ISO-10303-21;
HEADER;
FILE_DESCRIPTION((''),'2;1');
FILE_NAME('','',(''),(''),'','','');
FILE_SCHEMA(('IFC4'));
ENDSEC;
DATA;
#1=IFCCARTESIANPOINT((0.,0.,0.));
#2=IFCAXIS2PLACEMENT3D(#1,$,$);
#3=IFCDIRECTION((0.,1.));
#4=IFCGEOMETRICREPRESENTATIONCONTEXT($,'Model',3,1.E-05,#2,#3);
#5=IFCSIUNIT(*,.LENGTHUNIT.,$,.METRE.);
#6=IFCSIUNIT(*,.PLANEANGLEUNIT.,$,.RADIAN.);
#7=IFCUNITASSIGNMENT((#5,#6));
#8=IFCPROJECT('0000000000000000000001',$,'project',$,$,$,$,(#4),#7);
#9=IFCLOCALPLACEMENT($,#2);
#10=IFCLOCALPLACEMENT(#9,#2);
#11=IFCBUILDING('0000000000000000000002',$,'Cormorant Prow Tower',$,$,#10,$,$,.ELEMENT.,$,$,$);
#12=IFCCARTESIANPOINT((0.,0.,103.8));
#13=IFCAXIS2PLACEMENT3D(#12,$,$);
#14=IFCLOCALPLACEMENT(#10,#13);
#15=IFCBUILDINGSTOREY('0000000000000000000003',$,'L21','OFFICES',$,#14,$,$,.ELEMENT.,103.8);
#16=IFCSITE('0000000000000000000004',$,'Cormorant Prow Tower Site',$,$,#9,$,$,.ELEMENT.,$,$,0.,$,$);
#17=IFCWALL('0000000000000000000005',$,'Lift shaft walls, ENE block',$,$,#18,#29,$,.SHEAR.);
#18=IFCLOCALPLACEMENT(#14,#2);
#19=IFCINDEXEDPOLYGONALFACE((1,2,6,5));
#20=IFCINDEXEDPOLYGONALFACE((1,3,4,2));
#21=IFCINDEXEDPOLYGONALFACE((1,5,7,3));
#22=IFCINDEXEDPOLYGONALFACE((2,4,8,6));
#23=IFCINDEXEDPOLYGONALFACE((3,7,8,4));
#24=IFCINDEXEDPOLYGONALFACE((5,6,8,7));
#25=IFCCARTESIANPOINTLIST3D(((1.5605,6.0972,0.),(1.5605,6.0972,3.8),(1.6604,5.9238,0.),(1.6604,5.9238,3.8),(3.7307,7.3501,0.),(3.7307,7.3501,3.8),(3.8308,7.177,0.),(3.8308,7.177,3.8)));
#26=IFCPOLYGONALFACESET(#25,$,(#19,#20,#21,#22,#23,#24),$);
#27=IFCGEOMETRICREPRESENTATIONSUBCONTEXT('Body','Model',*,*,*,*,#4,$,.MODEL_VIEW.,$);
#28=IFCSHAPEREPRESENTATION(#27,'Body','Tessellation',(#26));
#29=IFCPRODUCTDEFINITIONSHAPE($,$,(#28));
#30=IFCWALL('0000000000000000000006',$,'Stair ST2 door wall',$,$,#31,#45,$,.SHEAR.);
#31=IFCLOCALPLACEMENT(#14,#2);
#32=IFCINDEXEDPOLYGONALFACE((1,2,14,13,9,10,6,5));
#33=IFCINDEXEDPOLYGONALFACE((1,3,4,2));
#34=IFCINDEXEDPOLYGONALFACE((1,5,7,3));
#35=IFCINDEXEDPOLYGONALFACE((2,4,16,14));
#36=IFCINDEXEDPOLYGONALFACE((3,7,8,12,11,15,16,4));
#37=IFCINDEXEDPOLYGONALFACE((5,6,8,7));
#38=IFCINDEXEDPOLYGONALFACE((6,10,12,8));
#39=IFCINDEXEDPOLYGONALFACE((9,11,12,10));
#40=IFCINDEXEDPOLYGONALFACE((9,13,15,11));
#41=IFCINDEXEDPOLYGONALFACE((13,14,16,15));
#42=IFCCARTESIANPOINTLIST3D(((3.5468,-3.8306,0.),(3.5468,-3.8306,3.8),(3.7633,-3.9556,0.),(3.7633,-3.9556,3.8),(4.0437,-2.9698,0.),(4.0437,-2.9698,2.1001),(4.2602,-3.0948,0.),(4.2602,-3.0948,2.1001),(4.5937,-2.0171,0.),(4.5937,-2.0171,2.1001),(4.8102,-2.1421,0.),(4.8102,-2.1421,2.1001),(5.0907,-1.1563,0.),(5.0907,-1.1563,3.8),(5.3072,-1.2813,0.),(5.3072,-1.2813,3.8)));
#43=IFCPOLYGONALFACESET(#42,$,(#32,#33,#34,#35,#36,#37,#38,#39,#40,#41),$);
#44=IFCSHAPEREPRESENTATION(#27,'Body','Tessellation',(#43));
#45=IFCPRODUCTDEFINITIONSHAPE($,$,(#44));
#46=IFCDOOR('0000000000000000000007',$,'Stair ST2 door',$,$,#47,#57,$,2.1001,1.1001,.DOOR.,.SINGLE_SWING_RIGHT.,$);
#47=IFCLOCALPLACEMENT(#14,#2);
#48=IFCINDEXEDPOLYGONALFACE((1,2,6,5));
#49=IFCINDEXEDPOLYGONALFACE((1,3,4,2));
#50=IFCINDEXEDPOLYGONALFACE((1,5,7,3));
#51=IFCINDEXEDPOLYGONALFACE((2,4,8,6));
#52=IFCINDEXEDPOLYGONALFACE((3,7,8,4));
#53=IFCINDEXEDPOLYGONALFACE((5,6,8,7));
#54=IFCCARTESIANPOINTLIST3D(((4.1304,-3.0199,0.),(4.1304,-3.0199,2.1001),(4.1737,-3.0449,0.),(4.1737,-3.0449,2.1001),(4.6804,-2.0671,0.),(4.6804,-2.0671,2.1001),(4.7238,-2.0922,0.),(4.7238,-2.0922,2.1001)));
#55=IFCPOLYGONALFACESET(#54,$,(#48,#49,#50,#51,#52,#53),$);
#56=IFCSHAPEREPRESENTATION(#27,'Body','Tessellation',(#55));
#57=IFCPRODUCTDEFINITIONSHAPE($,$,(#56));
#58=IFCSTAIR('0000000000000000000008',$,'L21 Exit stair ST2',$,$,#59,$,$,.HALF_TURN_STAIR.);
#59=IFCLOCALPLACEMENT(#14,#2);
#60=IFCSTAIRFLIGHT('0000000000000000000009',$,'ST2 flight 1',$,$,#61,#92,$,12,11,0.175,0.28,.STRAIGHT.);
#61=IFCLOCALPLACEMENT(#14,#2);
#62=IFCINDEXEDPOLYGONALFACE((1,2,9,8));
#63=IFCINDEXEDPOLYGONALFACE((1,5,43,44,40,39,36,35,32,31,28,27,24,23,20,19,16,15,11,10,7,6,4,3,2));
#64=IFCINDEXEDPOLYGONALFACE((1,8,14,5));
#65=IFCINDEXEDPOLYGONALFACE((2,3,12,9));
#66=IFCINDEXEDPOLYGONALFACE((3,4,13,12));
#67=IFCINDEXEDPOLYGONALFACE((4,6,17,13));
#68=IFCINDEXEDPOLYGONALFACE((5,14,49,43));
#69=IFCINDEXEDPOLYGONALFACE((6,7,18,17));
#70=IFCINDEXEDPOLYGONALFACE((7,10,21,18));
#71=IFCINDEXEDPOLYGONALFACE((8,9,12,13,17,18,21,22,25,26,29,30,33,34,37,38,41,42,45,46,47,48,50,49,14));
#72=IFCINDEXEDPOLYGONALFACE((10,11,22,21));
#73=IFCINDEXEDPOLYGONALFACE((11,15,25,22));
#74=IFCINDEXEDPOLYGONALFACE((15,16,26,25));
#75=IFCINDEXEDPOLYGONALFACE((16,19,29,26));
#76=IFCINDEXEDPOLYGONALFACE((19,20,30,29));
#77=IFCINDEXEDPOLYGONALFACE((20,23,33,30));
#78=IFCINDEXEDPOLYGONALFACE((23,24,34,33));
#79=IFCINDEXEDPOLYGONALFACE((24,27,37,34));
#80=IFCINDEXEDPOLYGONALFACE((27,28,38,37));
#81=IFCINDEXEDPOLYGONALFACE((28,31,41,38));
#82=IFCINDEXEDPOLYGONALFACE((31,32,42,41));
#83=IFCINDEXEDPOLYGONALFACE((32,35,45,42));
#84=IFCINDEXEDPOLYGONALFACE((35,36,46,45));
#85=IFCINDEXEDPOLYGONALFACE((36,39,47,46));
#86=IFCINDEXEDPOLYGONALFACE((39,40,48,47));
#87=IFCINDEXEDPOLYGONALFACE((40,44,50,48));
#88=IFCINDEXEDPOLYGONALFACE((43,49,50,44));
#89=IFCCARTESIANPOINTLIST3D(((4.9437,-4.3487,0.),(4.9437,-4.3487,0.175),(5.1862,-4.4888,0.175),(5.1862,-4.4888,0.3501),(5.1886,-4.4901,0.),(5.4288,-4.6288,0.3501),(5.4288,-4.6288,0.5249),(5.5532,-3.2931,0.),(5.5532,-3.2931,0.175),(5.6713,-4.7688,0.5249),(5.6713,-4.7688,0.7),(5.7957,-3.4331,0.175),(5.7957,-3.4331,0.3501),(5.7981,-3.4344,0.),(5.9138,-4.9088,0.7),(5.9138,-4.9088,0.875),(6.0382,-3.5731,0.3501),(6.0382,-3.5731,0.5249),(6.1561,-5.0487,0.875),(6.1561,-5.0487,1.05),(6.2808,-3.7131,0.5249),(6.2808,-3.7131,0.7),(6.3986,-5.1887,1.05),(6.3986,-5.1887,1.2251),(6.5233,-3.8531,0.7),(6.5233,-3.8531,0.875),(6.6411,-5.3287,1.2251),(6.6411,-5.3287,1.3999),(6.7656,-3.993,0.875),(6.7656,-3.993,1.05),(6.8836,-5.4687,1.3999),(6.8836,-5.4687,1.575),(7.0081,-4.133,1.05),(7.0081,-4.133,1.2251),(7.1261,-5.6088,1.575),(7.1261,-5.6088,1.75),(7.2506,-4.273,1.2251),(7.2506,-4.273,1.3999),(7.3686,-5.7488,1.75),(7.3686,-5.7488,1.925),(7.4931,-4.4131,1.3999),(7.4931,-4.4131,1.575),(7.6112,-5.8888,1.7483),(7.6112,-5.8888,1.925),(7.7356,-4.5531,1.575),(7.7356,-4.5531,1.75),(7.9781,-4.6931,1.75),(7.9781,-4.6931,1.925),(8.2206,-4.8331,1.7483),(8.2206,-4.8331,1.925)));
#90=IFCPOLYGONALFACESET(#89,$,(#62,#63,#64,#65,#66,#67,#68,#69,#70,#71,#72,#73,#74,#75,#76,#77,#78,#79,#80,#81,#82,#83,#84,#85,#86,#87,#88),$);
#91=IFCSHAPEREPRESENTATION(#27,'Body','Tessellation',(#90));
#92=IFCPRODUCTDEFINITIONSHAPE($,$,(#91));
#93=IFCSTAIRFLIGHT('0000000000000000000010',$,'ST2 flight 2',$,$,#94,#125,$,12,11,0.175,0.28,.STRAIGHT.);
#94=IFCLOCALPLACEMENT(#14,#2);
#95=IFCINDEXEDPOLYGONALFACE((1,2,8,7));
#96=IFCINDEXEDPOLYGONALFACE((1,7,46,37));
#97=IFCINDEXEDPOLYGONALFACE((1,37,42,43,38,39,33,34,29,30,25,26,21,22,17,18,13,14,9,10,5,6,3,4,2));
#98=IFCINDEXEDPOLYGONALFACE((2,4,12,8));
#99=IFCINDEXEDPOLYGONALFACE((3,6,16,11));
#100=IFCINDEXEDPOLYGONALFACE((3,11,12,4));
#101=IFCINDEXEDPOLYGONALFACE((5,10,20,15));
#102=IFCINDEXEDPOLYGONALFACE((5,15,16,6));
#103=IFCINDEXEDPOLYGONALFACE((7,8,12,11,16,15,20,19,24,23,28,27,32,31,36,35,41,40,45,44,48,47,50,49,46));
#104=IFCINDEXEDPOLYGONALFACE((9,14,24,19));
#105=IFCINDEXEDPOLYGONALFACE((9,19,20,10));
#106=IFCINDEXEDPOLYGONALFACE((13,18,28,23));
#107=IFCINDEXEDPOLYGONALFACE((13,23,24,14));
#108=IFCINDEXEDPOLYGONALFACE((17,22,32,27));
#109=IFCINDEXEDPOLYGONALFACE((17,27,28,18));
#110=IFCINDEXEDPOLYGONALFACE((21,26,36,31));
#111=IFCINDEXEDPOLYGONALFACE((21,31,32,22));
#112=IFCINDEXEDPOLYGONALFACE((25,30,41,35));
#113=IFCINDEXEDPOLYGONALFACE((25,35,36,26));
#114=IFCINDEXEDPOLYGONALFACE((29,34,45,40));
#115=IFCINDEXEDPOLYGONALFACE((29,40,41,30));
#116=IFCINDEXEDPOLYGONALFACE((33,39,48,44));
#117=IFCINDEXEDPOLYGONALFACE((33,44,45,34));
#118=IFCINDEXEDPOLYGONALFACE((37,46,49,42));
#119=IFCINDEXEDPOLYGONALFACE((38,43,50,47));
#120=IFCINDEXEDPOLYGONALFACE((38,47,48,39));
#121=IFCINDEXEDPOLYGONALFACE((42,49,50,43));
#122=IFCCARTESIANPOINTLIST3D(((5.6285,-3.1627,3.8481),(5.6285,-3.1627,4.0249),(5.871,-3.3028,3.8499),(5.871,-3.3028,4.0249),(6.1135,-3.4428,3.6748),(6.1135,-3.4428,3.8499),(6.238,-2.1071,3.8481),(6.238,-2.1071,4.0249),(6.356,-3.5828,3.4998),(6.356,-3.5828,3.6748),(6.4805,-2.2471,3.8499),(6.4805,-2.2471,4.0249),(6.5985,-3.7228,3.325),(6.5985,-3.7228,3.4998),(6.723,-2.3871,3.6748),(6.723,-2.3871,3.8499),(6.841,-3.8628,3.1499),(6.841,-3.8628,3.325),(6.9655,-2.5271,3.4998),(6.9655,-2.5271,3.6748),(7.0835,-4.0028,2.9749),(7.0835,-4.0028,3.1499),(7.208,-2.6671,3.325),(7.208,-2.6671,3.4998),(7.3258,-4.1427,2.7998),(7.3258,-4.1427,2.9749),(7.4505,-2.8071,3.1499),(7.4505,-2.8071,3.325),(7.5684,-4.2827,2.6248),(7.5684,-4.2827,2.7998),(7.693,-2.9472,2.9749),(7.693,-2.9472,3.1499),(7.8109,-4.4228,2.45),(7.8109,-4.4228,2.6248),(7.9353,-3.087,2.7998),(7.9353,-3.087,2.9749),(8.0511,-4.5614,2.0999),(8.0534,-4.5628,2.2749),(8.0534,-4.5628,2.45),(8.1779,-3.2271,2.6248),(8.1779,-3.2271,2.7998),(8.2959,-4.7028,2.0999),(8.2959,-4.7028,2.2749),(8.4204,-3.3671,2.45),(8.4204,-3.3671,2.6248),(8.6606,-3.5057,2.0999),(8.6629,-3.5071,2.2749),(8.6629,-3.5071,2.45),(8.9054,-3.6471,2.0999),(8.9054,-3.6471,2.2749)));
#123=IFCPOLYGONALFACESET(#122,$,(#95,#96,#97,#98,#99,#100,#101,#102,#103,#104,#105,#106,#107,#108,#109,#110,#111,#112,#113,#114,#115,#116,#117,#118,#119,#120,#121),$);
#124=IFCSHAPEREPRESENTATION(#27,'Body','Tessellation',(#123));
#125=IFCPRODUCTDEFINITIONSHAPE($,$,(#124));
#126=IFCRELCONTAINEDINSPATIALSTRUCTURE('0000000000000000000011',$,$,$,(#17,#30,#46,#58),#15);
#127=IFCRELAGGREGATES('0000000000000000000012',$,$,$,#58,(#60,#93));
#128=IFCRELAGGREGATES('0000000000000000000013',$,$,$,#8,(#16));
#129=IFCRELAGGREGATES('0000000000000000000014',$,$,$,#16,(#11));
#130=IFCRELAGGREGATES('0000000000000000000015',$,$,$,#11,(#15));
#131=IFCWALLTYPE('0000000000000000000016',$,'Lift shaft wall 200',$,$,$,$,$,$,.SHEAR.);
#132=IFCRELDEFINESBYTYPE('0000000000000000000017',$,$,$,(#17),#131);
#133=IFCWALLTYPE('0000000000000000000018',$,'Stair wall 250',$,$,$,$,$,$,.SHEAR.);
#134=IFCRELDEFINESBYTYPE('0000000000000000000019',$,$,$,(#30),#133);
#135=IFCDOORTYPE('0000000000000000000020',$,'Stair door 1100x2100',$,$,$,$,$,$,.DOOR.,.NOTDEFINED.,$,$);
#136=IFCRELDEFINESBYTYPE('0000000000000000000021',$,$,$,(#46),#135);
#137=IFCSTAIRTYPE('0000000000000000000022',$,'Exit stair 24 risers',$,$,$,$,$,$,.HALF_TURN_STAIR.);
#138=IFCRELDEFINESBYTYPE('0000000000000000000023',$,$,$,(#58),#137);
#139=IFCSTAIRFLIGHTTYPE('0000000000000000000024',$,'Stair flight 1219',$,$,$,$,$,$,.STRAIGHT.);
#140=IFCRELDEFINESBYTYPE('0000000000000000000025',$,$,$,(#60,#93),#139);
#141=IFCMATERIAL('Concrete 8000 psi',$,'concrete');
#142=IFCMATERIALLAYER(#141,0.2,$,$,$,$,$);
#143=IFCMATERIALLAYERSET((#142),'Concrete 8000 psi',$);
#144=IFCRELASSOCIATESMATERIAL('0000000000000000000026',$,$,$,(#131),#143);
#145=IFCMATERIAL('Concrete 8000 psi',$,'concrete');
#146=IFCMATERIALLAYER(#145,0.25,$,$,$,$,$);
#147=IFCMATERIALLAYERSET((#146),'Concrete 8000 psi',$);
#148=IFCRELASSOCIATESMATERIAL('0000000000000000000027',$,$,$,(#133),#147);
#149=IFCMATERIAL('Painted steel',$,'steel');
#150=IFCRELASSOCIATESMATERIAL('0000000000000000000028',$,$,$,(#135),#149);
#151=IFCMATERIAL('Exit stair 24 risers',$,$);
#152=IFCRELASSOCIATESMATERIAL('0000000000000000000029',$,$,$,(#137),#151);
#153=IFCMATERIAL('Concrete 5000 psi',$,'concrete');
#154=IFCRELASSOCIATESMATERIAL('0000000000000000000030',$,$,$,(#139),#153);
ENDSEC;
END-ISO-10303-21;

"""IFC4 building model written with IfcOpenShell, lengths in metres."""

from ifc_helpers import new_model, si_unit, direction, frame, frame_2d, origin, place, context, subcontext, project, spatial, polyline, rectangle, outline, extrude, material, layer, layer_set, type_object, element, fill, aggregate, save


model = new_model("IFC4")

# Units and contexts
model_context = context("Model", 3, precision=1e-05, world=origin(), true_north=direction((0.0, 1.0)))
body_context = subcontext(model_context, "Body", "Model", "MODEL_VIEW")
ifc_project = project(units=[si_unit("LENGTHUNIT", "METRE"), si_unit("PLANEANGLEUNIT", "RADIAN")], contexts=[model_context])

# Site, building, storey
site_placement = place(None, origin())
site = spatial("IfcSite", under=ifc_project, at=site_placement, Name="Cormorant Prow Tower Site", CompositionType="ELEMENT", RefElevation=0.0)
building_placement = place(site_placement, origin())
building = spatial("IfcBuilding", under=site, at=building_placement, Name="Cormorant Prow Tower", CompositionType="ELEMENT")
storey_placement = place(building_placement, frame((0.0, 0.0, 103.8)))
storey = spatial("IfcBuildingStorey", under=building, at=storey_placement, Name="L21", Description="OFFICES", CompositionType="ELEMENT", Elevation=103.8)

# Wall
ifc_material_1 = material(Name="Concrete 8000 psi", Category="concrete")
ifc_layer_1 = layer(ifc_material_1, 0.2)
ifc_layer_set_1 = layer_set([ifc_layer_1], Name="Concrete 8000 psi")
wall_type_1 = type_object("IfcWallType", Name="Lift shaft wall 200", PredefinedType="SHEAR", material=ifc_layer_set_1)
wall_1_placement = place(storey_placement, origin())
element("IfcWall", 1, at=wall_1_placement, inside=storey, type_object=wall_type_1, Name="Lift shaft walls, ENE block", PredefinedType="SHEAR", context=body_context, shape_type="SweptSolid", body=[
    extrude(outline(polyline([(1.5605, 6.0972), (3.7307, 7.3501), (3.8308, 7.177), (1.6604, 5.9238), (1.5605, 6.0972)])), origin(), (0.0, 0.0, 1.0), 3.8),
])

# Wall, opening, door
ifc_material_2 = material(Name="Concrete 8000 psi", Category="concrete")
ifc_layer_2 = layer(ifc_material_2, 0.25)
ifc_layer_set_2 = layer_set([ifc_layer_2], Name="Concrete 8000 psi")
wall_type_2 = type_object("IfcWallType", Name="Stair wall 250", PredefinedType="SHEAR", material=ifc_layer_set_2)
wall_2_placement = place(storey_placement, frame((3.655, -3.8931, 0.0), z_axis=(0.0, 0.0, 1.0), x_axis=(0.499983, 0.866035, 0.0)))
wall_2 = element("IfcWall", 2, at=wall_2_placement, inside=storey, type_object=wall_type_2, Name="Stair ST2 door wall", PredefinedType="SHEAR", context=body_context, shape_type="SweptSolid", body=[
    extrude(rectangle(XDim=3.0879, YDim=0.25, at=frame_2d((1.5439, 0.0))), origin(), (0.0, 0.0, 1.0), 3.8),
])
opening_1_placement = place(wall_2_placement, frame((0.9939, 0.0, 0.0)))
opening_1 = element("IfcOpeningElement", 3, at=opening_1_placement, cuts=wall_2, PredefinedType="OPENING", context=body_context, shape_type="SweptSolid", body=[
    extrude(rectangle(XDim=1.1001, YDim=2.1001, at=frame_2d((0.55, 1.05))), frame((0.0, 0.135, 0.0), z_axis=(0.0, -1.0, 0.0), x_axis=(1.0, 0.0, 0.0)), (0.0, 0.0, 1.0), 0.27),
])
ifc_material_3 = material(Name="Painted steel", Category="steel")
door_type_1 = type_object("IfcDoorType", Name="Stair door 1100x2100", OperationType="NOTDEFINED", PredefinedType="DOOR", material=ifc_material_3)
door_1_placement = place(opening_1_placement, origin())
door_1 = element("IfcDoor", 4, at=door_1_placement, inside=storey, type_object=door_type_1, Name="Stair ST2 door", OperationType="SINGLE_SWING_RIGHT", OverallHeight=2.1001, OverallWidth=1.1001, PredefinedType="DOOR", context=body_context, shape_type="SweptSolid", body=[
    extrude(rectangle(XDim=1.1001, YDim=2.1001, at=frame_2d((0.55, 1.05))), frame((0.0, 0.0249, 0.0), z_axis=(0.0, -1.0, 0.0), x_axis=(1.0, 0.0, 0.0)), (0.0, 0.0, 1.0), 0.05),
])
fill(opening_1, door_1)

# Stair, stair flights
ifc_material_4 = material(Name="Exit stair 24 risers")
stair_type = type_object("IfcStairType", Name="Exit stair 24 risers", PredefinedType="HALF_TURN_STAIR", material=ifc_material_4)
stair_placement = place(storey_placement, origin())
stair = element("IfcStair", 5, at=stair_placement, inside=storey, type_object=stair_type, Name="L21 Exit stair ST2", PredefinedType="HALF_TURN_STAIR")
ifc_material_5 = material(Name="Concrete 5000 psi", Category="concrete")
stair_flight_type = type_object("IfcStairFlightType", Name="Stair flight 1219", PredefinedType="STRAIGHT", material=ifc_material_5)
stair_flight_1_placement = place(storey_placement, frame((5.2485, -3.8208, 0.0), z_axis=(0.0, 0.0, 1.0), x_axis=(0.866025, -0.5, 0.0)))
stair_flight_1 = element("IfcStairFlight", 6, at=stair_flight_1_placement, type_object=stair_flight_type, Name="ST2 flight 1", NumberOfRisers=12, NumberOfTreads=11, PredefinedType="STRAIGHT", RiserHeight=0.175, TreadLength=0.28, context=body_context, shape_type="SweptSolid", body=[
    extrude(outline(polyline([(0.0, 0.0), (0.0, 0.175), (0.28, 0.175), (0.28, 0.3501), (0.5601, 0.3501), (0.5601, 0.5249), (0.8401, 0.5249), (0.8401, 0.7), (1.1201, 0.7), (1.1201, 0.875), (1.3999, 0.875), (1.3999, 1.05), (1.6799, 1.05), (1.6799, 1.2251), (1.96, 1.2251), (1.96, 1.3999), (2.24, 1.3999), (2.24, 1.575), (2.52, 1.575), (2.52, 1.75), (2.8, 1.75), (2.8, 1.925), (3.0801, 1.925), (3.0801, 2.1001), (3.0801, 1.7483), (0.2827, 0.0), (0.0, 0.0)])), frame((0.0, 0.6094, 0.0), z_axis=(0.0, -1.0, 0.0), x_axis=(1.0, 0.0, 0.0)), (0.0, 0.0, 1.0), 1.219),
])
stair_flight_2_placement = place(storey_placement, frame((8.6006, -4.175, 2.0999), z_axis=(0.0, 0.0, 1.0), x_axis=(-0.866025, 0.5, 0.0)))
stair_flight_2 = element("IfcStairFlight", 7, at=stair_flight_2_placement, type_object=stair_flight_type, Name="ST2 flight 2", NumberOfRisers=12, NumberOfTreads=11, PredefinedType="STRAIGHT", RiserHeight=0.175, TreadLength=0.28, context=body_context, shape_type="SweptSolid", body=[
    extrude(outline(polyline([(0.0, 0.0), (0.0, 0.175), (0.28, 0.175), (0.28, 0.3501), (0.5601, 0.3501), (0.5601, 0.5249), (0.8401, 0.5249), (0.8401, 0.7), (1.1201, 0.7), (1.1201, 0.875), (1.3999, 0.875), (1.3999, 1.05), (1.6799, 1.05), (1.6799, 1.2251), (1.96, 1.2251), (1.96, 1.3999), (2.24, 1.3999), (2.24, 1.575), (2.52, 1.575), (2.52, 1.75), (2.8, 1.75), (2.8, 1.925), (3.0801, 1.925), (3.0801, 2.1001), (3.0801, 1.7483), (0.2827, 0.0), (0.0, 0.0)])), frame((0.0, 0.6094, 0.0), z_axis=(0.0, -1.0, 0.0), x_axis=(1.0, 0.0, 0.0)), (0.0, 0.0, 1.0), 1.219),
])
aggregate(stair, [stair_flight_1, stair_flight_2])

save(model, "model.ifc")
